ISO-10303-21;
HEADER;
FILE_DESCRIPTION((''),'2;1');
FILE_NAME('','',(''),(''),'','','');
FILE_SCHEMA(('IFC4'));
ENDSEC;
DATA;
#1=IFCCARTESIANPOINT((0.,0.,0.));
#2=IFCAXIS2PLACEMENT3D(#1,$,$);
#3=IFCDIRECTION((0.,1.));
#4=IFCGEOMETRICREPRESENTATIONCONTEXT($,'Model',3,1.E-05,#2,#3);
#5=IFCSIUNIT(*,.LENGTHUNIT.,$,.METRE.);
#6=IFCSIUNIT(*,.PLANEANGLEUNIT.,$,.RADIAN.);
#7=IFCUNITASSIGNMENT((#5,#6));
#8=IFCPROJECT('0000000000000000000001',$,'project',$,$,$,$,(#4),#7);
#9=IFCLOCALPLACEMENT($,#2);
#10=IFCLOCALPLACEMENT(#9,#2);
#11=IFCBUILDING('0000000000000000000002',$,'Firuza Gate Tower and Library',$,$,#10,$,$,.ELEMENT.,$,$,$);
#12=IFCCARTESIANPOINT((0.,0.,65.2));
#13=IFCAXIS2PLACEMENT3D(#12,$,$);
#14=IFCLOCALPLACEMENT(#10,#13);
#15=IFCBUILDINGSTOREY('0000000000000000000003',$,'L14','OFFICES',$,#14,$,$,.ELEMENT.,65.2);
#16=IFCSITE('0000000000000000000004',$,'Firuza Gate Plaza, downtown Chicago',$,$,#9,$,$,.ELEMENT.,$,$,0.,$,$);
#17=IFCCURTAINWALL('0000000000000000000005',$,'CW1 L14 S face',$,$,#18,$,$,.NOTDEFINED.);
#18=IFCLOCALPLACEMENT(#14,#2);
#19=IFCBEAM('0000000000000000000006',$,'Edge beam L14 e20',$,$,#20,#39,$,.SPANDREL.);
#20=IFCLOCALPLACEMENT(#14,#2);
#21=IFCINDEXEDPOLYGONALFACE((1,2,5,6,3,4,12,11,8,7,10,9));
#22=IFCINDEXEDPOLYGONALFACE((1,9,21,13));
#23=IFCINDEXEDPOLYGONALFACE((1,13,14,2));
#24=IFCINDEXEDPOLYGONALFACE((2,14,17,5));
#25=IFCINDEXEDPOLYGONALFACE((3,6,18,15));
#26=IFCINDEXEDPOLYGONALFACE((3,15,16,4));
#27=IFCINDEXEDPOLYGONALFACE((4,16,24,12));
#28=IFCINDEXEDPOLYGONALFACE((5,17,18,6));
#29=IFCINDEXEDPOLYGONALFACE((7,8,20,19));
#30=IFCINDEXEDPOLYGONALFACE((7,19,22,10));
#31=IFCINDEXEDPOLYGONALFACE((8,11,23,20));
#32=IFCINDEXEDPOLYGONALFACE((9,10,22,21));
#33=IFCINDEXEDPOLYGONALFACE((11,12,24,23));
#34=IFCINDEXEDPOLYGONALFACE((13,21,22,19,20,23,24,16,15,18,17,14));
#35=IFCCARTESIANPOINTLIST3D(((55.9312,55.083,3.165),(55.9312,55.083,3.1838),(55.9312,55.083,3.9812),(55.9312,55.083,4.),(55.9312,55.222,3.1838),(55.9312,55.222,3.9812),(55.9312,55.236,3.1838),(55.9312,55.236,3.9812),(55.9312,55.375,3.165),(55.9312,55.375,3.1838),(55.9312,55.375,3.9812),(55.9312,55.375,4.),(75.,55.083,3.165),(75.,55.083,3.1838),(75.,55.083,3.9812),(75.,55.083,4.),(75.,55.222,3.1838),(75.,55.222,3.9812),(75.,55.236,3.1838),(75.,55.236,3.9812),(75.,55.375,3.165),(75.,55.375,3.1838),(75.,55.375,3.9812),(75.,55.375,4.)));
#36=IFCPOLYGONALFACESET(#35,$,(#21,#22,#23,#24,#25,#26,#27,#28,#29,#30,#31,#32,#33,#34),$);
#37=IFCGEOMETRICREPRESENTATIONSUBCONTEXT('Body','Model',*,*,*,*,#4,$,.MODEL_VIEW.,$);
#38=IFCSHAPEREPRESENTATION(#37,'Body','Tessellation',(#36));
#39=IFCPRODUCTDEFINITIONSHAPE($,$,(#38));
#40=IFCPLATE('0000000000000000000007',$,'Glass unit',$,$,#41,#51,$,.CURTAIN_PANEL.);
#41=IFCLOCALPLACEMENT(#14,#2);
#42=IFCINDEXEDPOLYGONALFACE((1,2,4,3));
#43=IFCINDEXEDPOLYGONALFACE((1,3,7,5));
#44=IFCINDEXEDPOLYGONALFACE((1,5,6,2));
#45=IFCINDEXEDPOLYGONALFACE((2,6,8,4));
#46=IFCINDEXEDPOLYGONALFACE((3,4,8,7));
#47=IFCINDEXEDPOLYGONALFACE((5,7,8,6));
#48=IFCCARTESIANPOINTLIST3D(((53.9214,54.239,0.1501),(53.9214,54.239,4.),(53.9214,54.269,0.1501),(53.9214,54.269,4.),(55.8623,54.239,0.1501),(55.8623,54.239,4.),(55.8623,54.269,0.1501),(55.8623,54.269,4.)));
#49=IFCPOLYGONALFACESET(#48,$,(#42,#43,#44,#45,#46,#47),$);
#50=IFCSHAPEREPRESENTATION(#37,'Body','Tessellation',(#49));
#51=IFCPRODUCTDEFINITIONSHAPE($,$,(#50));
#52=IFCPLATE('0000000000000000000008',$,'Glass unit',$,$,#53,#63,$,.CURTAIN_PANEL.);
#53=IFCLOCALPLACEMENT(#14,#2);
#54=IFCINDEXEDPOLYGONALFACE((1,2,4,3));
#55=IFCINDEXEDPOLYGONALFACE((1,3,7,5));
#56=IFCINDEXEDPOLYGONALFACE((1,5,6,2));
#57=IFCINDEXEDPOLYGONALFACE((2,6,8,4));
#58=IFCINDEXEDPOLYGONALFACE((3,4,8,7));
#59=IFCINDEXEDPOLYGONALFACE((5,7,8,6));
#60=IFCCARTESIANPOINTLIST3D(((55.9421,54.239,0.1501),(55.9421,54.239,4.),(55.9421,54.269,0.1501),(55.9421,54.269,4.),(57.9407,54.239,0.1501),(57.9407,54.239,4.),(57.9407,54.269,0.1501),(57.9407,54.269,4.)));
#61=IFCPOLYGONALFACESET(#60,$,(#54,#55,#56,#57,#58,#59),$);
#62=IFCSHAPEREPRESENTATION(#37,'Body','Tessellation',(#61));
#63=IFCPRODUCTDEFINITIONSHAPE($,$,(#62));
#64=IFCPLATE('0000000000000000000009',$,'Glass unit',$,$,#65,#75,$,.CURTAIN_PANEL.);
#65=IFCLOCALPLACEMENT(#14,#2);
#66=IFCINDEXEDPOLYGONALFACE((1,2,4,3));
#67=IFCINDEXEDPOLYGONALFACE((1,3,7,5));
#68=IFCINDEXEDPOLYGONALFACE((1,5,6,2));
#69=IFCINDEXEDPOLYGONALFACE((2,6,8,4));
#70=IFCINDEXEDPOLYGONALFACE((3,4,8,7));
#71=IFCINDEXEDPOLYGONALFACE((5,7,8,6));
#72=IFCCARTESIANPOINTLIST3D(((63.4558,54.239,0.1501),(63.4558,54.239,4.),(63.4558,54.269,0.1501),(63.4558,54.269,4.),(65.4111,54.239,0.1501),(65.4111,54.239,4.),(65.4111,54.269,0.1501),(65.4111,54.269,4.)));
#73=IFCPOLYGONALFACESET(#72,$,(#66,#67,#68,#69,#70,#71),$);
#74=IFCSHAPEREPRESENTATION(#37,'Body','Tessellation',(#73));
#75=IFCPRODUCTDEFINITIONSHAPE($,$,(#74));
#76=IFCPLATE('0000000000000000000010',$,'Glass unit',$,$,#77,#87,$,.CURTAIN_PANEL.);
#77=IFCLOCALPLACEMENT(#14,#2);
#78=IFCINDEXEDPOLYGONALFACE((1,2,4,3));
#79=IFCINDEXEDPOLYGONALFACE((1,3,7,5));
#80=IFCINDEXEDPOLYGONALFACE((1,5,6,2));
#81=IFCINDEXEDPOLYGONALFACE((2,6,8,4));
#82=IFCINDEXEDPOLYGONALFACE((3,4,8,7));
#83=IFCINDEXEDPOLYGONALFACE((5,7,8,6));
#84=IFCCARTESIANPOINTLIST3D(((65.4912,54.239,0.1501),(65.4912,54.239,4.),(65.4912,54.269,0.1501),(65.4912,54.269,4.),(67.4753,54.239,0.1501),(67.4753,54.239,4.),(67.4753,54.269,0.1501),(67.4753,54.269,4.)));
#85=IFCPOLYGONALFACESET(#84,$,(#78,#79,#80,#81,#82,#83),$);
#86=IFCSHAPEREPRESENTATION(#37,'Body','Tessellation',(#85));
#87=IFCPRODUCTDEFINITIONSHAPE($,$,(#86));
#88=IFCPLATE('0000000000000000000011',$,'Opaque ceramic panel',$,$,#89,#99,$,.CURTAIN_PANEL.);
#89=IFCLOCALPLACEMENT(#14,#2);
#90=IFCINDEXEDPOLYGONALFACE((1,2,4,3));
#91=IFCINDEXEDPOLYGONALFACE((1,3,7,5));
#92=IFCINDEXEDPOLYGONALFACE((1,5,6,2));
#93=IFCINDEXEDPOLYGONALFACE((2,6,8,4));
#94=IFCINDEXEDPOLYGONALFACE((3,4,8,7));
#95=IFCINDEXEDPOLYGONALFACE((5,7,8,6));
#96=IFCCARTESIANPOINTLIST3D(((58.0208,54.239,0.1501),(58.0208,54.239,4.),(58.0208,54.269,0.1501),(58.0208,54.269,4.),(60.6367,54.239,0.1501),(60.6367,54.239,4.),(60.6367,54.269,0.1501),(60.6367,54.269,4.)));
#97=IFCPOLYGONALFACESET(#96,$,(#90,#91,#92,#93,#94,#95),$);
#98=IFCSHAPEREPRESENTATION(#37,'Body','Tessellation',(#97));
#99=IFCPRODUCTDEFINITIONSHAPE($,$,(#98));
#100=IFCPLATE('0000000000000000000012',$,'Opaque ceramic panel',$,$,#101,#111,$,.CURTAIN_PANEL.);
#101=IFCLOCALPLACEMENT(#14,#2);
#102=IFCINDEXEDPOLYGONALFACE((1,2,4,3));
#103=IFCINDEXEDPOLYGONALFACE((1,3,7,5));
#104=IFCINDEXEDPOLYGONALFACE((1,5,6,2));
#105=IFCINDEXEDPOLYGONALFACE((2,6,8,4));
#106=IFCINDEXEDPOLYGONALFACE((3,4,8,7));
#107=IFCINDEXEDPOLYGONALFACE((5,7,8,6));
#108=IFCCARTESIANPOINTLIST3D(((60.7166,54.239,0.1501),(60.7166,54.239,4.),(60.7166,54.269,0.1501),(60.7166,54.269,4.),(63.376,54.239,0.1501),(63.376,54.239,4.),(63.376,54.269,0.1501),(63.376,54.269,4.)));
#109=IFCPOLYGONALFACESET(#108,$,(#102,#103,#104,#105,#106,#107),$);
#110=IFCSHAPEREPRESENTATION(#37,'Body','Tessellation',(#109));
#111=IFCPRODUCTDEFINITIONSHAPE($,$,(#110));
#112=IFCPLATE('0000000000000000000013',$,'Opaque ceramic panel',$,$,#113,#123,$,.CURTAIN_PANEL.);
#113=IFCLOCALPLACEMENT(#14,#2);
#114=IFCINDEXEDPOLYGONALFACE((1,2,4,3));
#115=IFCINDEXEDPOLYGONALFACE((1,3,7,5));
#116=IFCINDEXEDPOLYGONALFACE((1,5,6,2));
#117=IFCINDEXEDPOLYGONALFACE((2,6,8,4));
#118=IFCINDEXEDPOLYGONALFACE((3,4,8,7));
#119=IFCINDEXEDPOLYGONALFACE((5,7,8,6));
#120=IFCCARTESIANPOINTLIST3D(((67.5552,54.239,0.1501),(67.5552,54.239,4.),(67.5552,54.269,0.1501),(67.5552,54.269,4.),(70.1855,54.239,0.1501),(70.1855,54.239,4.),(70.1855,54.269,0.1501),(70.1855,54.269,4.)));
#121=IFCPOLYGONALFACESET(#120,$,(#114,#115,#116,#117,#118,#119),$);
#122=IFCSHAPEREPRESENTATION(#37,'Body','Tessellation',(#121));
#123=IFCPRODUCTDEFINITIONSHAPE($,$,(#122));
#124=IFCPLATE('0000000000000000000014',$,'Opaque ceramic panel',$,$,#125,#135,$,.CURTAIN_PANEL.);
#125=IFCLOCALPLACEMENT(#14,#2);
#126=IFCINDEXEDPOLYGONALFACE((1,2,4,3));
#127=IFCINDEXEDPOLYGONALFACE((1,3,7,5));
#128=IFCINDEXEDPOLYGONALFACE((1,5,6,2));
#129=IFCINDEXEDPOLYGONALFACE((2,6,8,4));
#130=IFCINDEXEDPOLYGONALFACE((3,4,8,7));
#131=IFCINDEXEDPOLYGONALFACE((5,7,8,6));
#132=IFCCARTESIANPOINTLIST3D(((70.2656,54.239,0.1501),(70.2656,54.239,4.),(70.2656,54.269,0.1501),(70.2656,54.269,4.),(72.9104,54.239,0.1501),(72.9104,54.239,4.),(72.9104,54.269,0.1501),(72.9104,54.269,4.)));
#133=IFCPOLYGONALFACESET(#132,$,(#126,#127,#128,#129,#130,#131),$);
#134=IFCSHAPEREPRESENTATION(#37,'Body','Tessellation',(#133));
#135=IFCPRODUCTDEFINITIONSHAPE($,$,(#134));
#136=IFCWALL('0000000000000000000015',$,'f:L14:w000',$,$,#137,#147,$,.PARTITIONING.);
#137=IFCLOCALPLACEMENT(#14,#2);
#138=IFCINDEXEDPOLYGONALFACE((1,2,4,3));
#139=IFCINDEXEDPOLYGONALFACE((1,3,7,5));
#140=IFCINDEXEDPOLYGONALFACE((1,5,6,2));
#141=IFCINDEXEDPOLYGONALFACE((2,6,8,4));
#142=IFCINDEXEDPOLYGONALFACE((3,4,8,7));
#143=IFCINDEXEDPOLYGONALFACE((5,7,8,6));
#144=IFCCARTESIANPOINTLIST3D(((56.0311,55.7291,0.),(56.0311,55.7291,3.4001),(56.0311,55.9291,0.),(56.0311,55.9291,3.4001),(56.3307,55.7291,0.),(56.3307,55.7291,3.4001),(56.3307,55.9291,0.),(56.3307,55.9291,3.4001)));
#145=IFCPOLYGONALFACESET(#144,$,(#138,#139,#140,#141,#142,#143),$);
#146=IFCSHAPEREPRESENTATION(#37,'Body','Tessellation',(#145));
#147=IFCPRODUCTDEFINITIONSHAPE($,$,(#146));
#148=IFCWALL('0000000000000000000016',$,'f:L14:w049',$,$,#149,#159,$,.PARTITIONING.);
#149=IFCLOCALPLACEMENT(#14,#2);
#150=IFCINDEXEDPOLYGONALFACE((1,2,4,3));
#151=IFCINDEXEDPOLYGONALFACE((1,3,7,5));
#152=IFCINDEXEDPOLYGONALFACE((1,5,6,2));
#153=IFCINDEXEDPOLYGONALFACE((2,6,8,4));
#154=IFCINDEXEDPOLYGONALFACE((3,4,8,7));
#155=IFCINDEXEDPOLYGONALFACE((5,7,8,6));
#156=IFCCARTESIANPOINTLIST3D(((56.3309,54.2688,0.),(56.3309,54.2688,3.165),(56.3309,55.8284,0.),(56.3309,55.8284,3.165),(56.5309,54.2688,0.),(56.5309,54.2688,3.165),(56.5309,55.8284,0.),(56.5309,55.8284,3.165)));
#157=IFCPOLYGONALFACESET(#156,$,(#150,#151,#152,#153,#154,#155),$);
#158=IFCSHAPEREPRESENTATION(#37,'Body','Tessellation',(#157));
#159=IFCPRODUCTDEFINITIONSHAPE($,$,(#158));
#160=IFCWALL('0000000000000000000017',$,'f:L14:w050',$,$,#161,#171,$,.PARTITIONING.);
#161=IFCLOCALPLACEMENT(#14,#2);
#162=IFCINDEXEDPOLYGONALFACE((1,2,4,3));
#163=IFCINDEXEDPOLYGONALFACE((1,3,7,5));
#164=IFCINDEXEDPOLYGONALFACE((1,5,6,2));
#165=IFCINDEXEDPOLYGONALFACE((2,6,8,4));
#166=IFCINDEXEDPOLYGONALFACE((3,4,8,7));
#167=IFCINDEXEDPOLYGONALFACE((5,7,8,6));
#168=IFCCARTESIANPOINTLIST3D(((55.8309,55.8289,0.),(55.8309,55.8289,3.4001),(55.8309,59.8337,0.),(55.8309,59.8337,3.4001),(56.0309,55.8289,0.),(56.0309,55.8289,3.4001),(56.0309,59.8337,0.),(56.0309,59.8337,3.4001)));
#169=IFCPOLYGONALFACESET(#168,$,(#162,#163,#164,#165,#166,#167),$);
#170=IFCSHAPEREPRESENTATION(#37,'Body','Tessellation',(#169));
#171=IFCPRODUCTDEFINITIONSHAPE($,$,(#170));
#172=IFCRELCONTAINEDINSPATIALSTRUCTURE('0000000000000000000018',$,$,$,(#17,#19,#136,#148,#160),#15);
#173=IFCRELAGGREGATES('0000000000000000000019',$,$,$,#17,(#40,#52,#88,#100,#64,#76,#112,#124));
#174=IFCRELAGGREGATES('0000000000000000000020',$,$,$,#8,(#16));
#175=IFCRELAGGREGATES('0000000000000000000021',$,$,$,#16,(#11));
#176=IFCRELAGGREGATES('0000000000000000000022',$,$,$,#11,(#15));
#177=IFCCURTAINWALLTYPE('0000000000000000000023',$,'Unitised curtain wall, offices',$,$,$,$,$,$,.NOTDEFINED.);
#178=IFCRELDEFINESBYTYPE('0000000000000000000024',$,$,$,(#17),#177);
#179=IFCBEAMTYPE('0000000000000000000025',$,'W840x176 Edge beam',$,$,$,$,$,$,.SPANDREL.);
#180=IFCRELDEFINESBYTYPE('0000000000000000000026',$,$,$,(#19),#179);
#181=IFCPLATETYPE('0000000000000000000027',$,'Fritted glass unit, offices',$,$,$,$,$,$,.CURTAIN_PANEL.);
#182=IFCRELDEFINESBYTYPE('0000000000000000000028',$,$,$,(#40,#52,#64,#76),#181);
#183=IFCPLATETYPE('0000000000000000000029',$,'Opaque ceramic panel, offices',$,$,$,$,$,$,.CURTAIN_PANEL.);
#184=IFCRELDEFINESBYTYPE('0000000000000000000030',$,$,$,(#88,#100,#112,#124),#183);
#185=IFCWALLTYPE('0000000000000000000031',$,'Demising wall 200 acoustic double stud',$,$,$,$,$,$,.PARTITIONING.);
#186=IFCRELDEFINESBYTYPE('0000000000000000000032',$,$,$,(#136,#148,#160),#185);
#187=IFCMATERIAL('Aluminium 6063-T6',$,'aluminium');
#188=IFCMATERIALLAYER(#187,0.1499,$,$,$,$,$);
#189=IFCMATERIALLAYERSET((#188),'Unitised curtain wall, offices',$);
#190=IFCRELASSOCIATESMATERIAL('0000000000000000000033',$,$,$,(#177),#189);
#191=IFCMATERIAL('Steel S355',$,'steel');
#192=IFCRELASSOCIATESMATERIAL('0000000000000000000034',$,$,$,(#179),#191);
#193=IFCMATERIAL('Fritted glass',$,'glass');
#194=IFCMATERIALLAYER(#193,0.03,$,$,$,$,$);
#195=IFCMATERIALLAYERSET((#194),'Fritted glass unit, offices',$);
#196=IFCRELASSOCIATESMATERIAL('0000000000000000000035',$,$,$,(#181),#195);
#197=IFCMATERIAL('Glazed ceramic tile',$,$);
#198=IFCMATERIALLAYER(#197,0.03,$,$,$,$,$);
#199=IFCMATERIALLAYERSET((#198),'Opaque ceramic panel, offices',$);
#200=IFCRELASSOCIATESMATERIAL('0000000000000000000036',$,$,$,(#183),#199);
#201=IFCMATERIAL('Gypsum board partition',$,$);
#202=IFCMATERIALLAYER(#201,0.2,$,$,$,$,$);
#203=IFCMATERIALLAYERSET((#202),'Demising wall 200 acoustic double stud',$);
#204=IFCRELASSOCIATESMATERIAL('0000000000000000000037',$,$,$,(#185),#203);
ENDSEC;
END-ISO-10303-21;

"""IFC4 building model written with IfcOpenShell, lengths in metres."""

from ifc_helpers import new_model, si_unit, direction, frame, frame_2d, origin, origin_2d, place, context, subcontext, project, spatial, polyline, rectangle, i_section, outline, extrude, material, layer, layer_set, material_profile, profile_set, type_object, element, aggregate, save


model = new_model("IFC4")

# Units and contexts
model_context = context("Model", 3, precision=1e-05, world=origin(), true_north=direction((0.0, 1.0)))
body_context = subcontext(model_context, "Body", "Model", "MODEL_VIEW")
ifc_project = project(units=[si_unit("LENGTHUNIT", "METRE"), si_unit("PLANEANGLEUNIT", "RADIAN")], contexts=[model_context])

# Site, building, storey
site_placement = place(None, origin())
site = spatial("IfcSite", under=ifc_project, at=site_placement, Name="Firuza Gate Plaza, downtown Chicago", CompositionType="ELEMENT", RefElevation=0.0)
building_placement = place(site_placement, origin())
building = spatial("IfcBuilding", under=site, at=building_placement, Name="Firuza Gate Tower and Library", CompositionType="ELEMENT")
storey_placement = place(building_placement, frame((0.0, 0.0, 65.2)))
storey = spatial("IfcBuildingStorey", under=building, at=storey_placement, Name="L14", Description="OFFICES", CompositionType="ELEMENT", Elevation=65.2)

# Curtain wall
ifc_material_1 = material(Name="Aluminium 6063-T6", Category="aluminium")
ifc_layer_1 = layer(ifc_material_1, 0.1499)
ifc_layer_set_1 = layer_set([ifc_layer_1], Name="Unitised curtain wall, offices")
curtain_wall_type = type_object("IfcCurtainWallType", Name="Unitised curtain wall, offices", PredefinedType="NOTDEFINED", material=ifc_layer_set_1)
curtain_wall_placement = place(storey_placement, origin())
curtain_wall = element("IfcCurtainWall", 1, at=curtain_wall_placement, inside=storey, type_object=curtain_wall_type, Name="CW1 L14 S face", PredefinedType="NOTDEFINED")

# Beam
ifc_material_2 = material(Name="Steel S355", Category="steel")
ifc_material_profile_1 = material_profile(ifc_material_2, i_section(OverallWidth=0.292, OverallDepth=0.835, WebThickness=0.0139, FlangeThickness=0.0188, at=origin_2d()))
ifc_profile_set_1 = profile_set([ifc_material_profile_1], Name="Steel S355")
beam_type_1 = type_object("IfcBeamType", Name="W840x176 Edge beam", PredefinedType="SPANDREL", material=ifc_profile_set_1)
beam_1_placement = place(storey_placement, frame((55.9312, 55.229, 3.5825), z_axis=(1.0, 0.0, 0.0), x_axis=(0.0, 1.0, 0.0)))
element("IfcBeam", 2, at=beam_1_placement, inside=storey, type_object=beam_type_1, Name="Edge beam L14 e20", PredefinedType="SPANDREL", context=body_context, shape_type="SweptSolid", body=[
    extrude(i_section(OverallWidth=0.292, OverallDepth=0.835, WebThickness=0.0139, FlangeThickness=0.0188, at=origin_2d()), origin(), (0.0, 0.0, 1.0), 19.0688),
])

# Plates
ifc_material_3 = material(Name="Fritted glass", Category="glass")
ifc_layer_2 = layer(ifc_material_3, 0.03)
ifc_layer_set_2 = layer_set([ifc_layer_2], Name="Fritted glass unit, offices")
plate_type_1 = type_object("IfcPlateType", Name="Fritted glass unit, offices", PredefinedType="CURTAIN_PANEL", material=ifc_layer_set_2)
plate_1_placement = place(storey_placement, frame((53.9214, 54.239, 0.1501), z_axis=(0.0, -1.0, 0.0), x_axis=(1.0, 0.0, 0.0)))
plate_1 = element("IfcPlate", 3, at=plate_1_placement, type_object=plate_type_1, Name="Glass unit", PredefinedType="CURTAIN_PANEL", context=body_context, shape_type="SweptSolid", body=[
    extrude(outline(polyline([(0.0, 0.0), (1.9409, 0.0), (1.9409, 3.8499), (0.0, 3.8499), (0.0, 0.0)])), origin(), (0.0, 0.0, -1.0), 0.03),
])
plate_2_placement = place(storey_placement, frame((55.9421, 54.239, 0.1501), z_axis=(0.0, -1.0, 0.0), x_axis=(1.0, 0.0, 0.0)))
plate_2 = element("IfcPlate", 4, at=plate_2_placement, type_object=plate_type_1, Name="Glass unit", PredefinedType="CURTAIN_PANEL", context=body_context, shape_type="SweptSolid", body=[
    extrude(outline(polyline([(0.0, 0.0), (1.9985, 0.0), (1.9985, 3.8499), (0.0, 3.8499), (0.0, 0.0)])), origin(), (0.0, 0.0, -1.0), 0.03),
])
plate_3_placement = place(storey_placement, frame((63.4558, 54.239, 0.1501), z_axis=(0.0, -1.0, 0.0), x_axis=(1.0, 0.0, 0.0)))
plate_3 = element("IfcPlate", 5, at=plate_3_placement, type_object=plate_type_1, Name="Glass unit", PredefinedType="CURTAIN_PANEL", context=body_context, shape_type="SweptSolid", body=[
    extrude(outline(polyline([(0.0, 0.0), (1.9553, 0.0), (1.9553, 3.8499), (0.0, 3.8499), (0.0, 0.0)])), origin(), (0.0, 0.0, -1.0), 0.03),
])
plate_4_placement = place(storey_placement, frame((65.4912, 54.239, 0.1501), z_axis=(0.0, -1.0, 0.0), x_axis=(1.0, 0.0, 0.0)))
plate_4 = element("IfcPlate", 6, at=plate_4_placement, type_object=plate_type_1, Name="Glass unit", PredefinedType="CURTAIN_PANEL", context=body_context, shape_type="SweptSolid", body=[
    extrude(outline(polyline([(0.0, 0.0), (1.9841, 0.0), (1.9841, 3.8499), (0.0, 3.8499), (0.0, 0.0)])), origin(), (0.0, 0.0, -1.0), 0.03),
])
ifc_material_4 = material(Name="Glazed ceramic tile")
ifc_layer_3 = layer(ifc_material_4, 0.03)
ifc_layer_set_3 = layer_set([ifc_layer_3], Name="Opaque ceramic panel, offices")
plate_type_2 = type_object("IfcPlateType", Name="Opaque ceramic panel, offices", PredefinedType="CURTAIN_PANEL", material=ifc_layer_set_3)
plate_5_placement = place(storey_placement, frame((58.0208, 54.239, 0.1501), z_axis=(0.0, -1.0, 0.0), x_axis=(1.0, 0.0, 0.0)))
plate_5 = element("IfcPlate", 7, at=plate_5_placement, type_object=plate_type_2, Name="Opaque ceramic panel", PredefinedType="CURTAIN_PANEL", context=body_context, shape_type="SweptSolid", body=[
    extrude(outline(polyline([(0.0, 0.0), (2.616, 0.0), (2.616, 3.8499), (0.0, 3.8499), (0.0, 0.0)])), origin(), (0.0, 0.0, -1.0), 0.03),
])
plate_6_placement = place(storey_placement, frame((60.7166, 54.239, 0.1501), z_axis=(0.0, -1.0, 0.0), x_axis=(1.0, 0.0, 0.0)))
plate_6 = element("IfcPlate", 8, at=plate_6_placement, type_object=plate_type_2, Name="Opaque ceramic panel", PredefinedType="CURTAIN_PANEL", context=body_context, shape_type="SweptSolid", body=[
    extrude(outline(polyline([(0.0, 0.0), (2.6594, 0.0), (2.6594, 3.8499), (0.0, 3.8499), (0.0, 0.0)])), origin(), (0.0, 0.0, -1.0), 0.03),
])
plate_7_placement = place(storey_placement, frame((67.5552, 54.239, 0.1501), z_axis=(0.0, -1.0, 0.0), x_axis=(1.0, 0.0, 0.0)))
plate_7 = element("IfcPlate", 9, at=plate_7_placement, type_object=plate_type_2, Name="Opaque ceramic panel", PredefinedType="CURTAIN_PANEL", context=body_context, shape_type="SweptSolid", body=[
    extrude(outline(polyline([(0.0, 0.0), (2.6304, 0.0), (2.6304, 3.8499), (0.0, 3.8499), (0.0, 0.0)])), origin(), (0.0, 0.0, -1.0), 0.03),
])
plate_8_placement = place(storey_placement, frame((70.2656, 54.239, 0.1501), z_axis=(0.0, -1.0, 0.0), x_axis=(1.0, 0.0, 0.0)))
plate_8 = element("IfcPlate", 10, at=plate_8_placement, type_object=plate_type_2, Name="Opaque ceramic panel", PredefinedType="CURTAIN_PANEL", context=body_context, shape_type="SweptSolid", body=[
    extrude(outline(polyline([(0.0, 0.0), (2.6448, 0.0), (2.6448, 3.8499), (0.0, 3.8499), (0.0, 0.0)])), origin(), (0.0, 0.0, -1.0), 0.03),
])
aggregate(curtain_wall, [plate_1, plate_2, plate_5, plate_6, plate_3, plate_4, plate_7, plate_8])

# Walls
ifc_material_5 = material(Name="Gypsum board partition")
ifc_layer_4 = layer(ifc_material_5, 0.2)
ifc_layer_set_4 = layer_set([ifc_layer_4], Name="Demising wall 200 acoustic double stud")
wall_type = type_object("IfcWallType", Name="Demising wall 200 acoustic double stud", PredefinedType="PARTITIONING", material=ifc_layer_set_4)
wall_1_placement = place(storey_placement, frame((56.031, 55.8291, 0.0), z_axis=(0.0, 0.0, 1.0), x_axis=(1.0, 0.0, 0.0)))
element("IfcWall", 11, at=wall_1_placement, inside=storey, type_object=wall_type, Name="f:L14:w000", PredefinedType="PARTITIONING", context=body_context, shape_type="SweptSolid", body=[
    extrude(rectangle(XDim=0.2996, YDim=0.2, at=frame_2d((0.1499, 0.0))), origin(), (0.0, 0.0, 1.0), 3.4001),
])
wall_2_placement = place(storey_placement, frame((56.4309, 54.2688, 0.0), z_axis=(0.0, 0.0, 1.0), x_axis=(0.0, 1.0, 0.0)))
element("IfcWall", 12, at=wall_2_placement, inside=storey, type_object=wall_type, Name="f:L14:w049", PredefinedType="PARTITIONING", context=body_context, shape_type="SweptSolid", body=[
    extrude(rectangle(XDim=1.5596, YDim=0.2, at=frame_2d((0.7798, 0.0))), origin(), (0.0, 0.0, 1.0), 3.165),
])
wall_3_placement = place(storey_placement, frame((55.9309, 55.8289, 0.0), z_axis=(0.0, 0.0, 1.0), x_axis=(0.0, 1.0, 0.0)))
element("IfcWall", 13, at=wall_3_placement, inside=storey, type_object=wall_type, Name="f:L14:w050", PredefinedType="PARTITIONING", context=body_context, shape_type="SweptSolid", body=[
    extrude(rectangle(XDim=4.0049, YDim=0.2, at=frame_2d((2.0024, 0.0))), origin(), (0.0, 0.0, 1.0), 3.4001),
])

save(model, "model.ifc")
